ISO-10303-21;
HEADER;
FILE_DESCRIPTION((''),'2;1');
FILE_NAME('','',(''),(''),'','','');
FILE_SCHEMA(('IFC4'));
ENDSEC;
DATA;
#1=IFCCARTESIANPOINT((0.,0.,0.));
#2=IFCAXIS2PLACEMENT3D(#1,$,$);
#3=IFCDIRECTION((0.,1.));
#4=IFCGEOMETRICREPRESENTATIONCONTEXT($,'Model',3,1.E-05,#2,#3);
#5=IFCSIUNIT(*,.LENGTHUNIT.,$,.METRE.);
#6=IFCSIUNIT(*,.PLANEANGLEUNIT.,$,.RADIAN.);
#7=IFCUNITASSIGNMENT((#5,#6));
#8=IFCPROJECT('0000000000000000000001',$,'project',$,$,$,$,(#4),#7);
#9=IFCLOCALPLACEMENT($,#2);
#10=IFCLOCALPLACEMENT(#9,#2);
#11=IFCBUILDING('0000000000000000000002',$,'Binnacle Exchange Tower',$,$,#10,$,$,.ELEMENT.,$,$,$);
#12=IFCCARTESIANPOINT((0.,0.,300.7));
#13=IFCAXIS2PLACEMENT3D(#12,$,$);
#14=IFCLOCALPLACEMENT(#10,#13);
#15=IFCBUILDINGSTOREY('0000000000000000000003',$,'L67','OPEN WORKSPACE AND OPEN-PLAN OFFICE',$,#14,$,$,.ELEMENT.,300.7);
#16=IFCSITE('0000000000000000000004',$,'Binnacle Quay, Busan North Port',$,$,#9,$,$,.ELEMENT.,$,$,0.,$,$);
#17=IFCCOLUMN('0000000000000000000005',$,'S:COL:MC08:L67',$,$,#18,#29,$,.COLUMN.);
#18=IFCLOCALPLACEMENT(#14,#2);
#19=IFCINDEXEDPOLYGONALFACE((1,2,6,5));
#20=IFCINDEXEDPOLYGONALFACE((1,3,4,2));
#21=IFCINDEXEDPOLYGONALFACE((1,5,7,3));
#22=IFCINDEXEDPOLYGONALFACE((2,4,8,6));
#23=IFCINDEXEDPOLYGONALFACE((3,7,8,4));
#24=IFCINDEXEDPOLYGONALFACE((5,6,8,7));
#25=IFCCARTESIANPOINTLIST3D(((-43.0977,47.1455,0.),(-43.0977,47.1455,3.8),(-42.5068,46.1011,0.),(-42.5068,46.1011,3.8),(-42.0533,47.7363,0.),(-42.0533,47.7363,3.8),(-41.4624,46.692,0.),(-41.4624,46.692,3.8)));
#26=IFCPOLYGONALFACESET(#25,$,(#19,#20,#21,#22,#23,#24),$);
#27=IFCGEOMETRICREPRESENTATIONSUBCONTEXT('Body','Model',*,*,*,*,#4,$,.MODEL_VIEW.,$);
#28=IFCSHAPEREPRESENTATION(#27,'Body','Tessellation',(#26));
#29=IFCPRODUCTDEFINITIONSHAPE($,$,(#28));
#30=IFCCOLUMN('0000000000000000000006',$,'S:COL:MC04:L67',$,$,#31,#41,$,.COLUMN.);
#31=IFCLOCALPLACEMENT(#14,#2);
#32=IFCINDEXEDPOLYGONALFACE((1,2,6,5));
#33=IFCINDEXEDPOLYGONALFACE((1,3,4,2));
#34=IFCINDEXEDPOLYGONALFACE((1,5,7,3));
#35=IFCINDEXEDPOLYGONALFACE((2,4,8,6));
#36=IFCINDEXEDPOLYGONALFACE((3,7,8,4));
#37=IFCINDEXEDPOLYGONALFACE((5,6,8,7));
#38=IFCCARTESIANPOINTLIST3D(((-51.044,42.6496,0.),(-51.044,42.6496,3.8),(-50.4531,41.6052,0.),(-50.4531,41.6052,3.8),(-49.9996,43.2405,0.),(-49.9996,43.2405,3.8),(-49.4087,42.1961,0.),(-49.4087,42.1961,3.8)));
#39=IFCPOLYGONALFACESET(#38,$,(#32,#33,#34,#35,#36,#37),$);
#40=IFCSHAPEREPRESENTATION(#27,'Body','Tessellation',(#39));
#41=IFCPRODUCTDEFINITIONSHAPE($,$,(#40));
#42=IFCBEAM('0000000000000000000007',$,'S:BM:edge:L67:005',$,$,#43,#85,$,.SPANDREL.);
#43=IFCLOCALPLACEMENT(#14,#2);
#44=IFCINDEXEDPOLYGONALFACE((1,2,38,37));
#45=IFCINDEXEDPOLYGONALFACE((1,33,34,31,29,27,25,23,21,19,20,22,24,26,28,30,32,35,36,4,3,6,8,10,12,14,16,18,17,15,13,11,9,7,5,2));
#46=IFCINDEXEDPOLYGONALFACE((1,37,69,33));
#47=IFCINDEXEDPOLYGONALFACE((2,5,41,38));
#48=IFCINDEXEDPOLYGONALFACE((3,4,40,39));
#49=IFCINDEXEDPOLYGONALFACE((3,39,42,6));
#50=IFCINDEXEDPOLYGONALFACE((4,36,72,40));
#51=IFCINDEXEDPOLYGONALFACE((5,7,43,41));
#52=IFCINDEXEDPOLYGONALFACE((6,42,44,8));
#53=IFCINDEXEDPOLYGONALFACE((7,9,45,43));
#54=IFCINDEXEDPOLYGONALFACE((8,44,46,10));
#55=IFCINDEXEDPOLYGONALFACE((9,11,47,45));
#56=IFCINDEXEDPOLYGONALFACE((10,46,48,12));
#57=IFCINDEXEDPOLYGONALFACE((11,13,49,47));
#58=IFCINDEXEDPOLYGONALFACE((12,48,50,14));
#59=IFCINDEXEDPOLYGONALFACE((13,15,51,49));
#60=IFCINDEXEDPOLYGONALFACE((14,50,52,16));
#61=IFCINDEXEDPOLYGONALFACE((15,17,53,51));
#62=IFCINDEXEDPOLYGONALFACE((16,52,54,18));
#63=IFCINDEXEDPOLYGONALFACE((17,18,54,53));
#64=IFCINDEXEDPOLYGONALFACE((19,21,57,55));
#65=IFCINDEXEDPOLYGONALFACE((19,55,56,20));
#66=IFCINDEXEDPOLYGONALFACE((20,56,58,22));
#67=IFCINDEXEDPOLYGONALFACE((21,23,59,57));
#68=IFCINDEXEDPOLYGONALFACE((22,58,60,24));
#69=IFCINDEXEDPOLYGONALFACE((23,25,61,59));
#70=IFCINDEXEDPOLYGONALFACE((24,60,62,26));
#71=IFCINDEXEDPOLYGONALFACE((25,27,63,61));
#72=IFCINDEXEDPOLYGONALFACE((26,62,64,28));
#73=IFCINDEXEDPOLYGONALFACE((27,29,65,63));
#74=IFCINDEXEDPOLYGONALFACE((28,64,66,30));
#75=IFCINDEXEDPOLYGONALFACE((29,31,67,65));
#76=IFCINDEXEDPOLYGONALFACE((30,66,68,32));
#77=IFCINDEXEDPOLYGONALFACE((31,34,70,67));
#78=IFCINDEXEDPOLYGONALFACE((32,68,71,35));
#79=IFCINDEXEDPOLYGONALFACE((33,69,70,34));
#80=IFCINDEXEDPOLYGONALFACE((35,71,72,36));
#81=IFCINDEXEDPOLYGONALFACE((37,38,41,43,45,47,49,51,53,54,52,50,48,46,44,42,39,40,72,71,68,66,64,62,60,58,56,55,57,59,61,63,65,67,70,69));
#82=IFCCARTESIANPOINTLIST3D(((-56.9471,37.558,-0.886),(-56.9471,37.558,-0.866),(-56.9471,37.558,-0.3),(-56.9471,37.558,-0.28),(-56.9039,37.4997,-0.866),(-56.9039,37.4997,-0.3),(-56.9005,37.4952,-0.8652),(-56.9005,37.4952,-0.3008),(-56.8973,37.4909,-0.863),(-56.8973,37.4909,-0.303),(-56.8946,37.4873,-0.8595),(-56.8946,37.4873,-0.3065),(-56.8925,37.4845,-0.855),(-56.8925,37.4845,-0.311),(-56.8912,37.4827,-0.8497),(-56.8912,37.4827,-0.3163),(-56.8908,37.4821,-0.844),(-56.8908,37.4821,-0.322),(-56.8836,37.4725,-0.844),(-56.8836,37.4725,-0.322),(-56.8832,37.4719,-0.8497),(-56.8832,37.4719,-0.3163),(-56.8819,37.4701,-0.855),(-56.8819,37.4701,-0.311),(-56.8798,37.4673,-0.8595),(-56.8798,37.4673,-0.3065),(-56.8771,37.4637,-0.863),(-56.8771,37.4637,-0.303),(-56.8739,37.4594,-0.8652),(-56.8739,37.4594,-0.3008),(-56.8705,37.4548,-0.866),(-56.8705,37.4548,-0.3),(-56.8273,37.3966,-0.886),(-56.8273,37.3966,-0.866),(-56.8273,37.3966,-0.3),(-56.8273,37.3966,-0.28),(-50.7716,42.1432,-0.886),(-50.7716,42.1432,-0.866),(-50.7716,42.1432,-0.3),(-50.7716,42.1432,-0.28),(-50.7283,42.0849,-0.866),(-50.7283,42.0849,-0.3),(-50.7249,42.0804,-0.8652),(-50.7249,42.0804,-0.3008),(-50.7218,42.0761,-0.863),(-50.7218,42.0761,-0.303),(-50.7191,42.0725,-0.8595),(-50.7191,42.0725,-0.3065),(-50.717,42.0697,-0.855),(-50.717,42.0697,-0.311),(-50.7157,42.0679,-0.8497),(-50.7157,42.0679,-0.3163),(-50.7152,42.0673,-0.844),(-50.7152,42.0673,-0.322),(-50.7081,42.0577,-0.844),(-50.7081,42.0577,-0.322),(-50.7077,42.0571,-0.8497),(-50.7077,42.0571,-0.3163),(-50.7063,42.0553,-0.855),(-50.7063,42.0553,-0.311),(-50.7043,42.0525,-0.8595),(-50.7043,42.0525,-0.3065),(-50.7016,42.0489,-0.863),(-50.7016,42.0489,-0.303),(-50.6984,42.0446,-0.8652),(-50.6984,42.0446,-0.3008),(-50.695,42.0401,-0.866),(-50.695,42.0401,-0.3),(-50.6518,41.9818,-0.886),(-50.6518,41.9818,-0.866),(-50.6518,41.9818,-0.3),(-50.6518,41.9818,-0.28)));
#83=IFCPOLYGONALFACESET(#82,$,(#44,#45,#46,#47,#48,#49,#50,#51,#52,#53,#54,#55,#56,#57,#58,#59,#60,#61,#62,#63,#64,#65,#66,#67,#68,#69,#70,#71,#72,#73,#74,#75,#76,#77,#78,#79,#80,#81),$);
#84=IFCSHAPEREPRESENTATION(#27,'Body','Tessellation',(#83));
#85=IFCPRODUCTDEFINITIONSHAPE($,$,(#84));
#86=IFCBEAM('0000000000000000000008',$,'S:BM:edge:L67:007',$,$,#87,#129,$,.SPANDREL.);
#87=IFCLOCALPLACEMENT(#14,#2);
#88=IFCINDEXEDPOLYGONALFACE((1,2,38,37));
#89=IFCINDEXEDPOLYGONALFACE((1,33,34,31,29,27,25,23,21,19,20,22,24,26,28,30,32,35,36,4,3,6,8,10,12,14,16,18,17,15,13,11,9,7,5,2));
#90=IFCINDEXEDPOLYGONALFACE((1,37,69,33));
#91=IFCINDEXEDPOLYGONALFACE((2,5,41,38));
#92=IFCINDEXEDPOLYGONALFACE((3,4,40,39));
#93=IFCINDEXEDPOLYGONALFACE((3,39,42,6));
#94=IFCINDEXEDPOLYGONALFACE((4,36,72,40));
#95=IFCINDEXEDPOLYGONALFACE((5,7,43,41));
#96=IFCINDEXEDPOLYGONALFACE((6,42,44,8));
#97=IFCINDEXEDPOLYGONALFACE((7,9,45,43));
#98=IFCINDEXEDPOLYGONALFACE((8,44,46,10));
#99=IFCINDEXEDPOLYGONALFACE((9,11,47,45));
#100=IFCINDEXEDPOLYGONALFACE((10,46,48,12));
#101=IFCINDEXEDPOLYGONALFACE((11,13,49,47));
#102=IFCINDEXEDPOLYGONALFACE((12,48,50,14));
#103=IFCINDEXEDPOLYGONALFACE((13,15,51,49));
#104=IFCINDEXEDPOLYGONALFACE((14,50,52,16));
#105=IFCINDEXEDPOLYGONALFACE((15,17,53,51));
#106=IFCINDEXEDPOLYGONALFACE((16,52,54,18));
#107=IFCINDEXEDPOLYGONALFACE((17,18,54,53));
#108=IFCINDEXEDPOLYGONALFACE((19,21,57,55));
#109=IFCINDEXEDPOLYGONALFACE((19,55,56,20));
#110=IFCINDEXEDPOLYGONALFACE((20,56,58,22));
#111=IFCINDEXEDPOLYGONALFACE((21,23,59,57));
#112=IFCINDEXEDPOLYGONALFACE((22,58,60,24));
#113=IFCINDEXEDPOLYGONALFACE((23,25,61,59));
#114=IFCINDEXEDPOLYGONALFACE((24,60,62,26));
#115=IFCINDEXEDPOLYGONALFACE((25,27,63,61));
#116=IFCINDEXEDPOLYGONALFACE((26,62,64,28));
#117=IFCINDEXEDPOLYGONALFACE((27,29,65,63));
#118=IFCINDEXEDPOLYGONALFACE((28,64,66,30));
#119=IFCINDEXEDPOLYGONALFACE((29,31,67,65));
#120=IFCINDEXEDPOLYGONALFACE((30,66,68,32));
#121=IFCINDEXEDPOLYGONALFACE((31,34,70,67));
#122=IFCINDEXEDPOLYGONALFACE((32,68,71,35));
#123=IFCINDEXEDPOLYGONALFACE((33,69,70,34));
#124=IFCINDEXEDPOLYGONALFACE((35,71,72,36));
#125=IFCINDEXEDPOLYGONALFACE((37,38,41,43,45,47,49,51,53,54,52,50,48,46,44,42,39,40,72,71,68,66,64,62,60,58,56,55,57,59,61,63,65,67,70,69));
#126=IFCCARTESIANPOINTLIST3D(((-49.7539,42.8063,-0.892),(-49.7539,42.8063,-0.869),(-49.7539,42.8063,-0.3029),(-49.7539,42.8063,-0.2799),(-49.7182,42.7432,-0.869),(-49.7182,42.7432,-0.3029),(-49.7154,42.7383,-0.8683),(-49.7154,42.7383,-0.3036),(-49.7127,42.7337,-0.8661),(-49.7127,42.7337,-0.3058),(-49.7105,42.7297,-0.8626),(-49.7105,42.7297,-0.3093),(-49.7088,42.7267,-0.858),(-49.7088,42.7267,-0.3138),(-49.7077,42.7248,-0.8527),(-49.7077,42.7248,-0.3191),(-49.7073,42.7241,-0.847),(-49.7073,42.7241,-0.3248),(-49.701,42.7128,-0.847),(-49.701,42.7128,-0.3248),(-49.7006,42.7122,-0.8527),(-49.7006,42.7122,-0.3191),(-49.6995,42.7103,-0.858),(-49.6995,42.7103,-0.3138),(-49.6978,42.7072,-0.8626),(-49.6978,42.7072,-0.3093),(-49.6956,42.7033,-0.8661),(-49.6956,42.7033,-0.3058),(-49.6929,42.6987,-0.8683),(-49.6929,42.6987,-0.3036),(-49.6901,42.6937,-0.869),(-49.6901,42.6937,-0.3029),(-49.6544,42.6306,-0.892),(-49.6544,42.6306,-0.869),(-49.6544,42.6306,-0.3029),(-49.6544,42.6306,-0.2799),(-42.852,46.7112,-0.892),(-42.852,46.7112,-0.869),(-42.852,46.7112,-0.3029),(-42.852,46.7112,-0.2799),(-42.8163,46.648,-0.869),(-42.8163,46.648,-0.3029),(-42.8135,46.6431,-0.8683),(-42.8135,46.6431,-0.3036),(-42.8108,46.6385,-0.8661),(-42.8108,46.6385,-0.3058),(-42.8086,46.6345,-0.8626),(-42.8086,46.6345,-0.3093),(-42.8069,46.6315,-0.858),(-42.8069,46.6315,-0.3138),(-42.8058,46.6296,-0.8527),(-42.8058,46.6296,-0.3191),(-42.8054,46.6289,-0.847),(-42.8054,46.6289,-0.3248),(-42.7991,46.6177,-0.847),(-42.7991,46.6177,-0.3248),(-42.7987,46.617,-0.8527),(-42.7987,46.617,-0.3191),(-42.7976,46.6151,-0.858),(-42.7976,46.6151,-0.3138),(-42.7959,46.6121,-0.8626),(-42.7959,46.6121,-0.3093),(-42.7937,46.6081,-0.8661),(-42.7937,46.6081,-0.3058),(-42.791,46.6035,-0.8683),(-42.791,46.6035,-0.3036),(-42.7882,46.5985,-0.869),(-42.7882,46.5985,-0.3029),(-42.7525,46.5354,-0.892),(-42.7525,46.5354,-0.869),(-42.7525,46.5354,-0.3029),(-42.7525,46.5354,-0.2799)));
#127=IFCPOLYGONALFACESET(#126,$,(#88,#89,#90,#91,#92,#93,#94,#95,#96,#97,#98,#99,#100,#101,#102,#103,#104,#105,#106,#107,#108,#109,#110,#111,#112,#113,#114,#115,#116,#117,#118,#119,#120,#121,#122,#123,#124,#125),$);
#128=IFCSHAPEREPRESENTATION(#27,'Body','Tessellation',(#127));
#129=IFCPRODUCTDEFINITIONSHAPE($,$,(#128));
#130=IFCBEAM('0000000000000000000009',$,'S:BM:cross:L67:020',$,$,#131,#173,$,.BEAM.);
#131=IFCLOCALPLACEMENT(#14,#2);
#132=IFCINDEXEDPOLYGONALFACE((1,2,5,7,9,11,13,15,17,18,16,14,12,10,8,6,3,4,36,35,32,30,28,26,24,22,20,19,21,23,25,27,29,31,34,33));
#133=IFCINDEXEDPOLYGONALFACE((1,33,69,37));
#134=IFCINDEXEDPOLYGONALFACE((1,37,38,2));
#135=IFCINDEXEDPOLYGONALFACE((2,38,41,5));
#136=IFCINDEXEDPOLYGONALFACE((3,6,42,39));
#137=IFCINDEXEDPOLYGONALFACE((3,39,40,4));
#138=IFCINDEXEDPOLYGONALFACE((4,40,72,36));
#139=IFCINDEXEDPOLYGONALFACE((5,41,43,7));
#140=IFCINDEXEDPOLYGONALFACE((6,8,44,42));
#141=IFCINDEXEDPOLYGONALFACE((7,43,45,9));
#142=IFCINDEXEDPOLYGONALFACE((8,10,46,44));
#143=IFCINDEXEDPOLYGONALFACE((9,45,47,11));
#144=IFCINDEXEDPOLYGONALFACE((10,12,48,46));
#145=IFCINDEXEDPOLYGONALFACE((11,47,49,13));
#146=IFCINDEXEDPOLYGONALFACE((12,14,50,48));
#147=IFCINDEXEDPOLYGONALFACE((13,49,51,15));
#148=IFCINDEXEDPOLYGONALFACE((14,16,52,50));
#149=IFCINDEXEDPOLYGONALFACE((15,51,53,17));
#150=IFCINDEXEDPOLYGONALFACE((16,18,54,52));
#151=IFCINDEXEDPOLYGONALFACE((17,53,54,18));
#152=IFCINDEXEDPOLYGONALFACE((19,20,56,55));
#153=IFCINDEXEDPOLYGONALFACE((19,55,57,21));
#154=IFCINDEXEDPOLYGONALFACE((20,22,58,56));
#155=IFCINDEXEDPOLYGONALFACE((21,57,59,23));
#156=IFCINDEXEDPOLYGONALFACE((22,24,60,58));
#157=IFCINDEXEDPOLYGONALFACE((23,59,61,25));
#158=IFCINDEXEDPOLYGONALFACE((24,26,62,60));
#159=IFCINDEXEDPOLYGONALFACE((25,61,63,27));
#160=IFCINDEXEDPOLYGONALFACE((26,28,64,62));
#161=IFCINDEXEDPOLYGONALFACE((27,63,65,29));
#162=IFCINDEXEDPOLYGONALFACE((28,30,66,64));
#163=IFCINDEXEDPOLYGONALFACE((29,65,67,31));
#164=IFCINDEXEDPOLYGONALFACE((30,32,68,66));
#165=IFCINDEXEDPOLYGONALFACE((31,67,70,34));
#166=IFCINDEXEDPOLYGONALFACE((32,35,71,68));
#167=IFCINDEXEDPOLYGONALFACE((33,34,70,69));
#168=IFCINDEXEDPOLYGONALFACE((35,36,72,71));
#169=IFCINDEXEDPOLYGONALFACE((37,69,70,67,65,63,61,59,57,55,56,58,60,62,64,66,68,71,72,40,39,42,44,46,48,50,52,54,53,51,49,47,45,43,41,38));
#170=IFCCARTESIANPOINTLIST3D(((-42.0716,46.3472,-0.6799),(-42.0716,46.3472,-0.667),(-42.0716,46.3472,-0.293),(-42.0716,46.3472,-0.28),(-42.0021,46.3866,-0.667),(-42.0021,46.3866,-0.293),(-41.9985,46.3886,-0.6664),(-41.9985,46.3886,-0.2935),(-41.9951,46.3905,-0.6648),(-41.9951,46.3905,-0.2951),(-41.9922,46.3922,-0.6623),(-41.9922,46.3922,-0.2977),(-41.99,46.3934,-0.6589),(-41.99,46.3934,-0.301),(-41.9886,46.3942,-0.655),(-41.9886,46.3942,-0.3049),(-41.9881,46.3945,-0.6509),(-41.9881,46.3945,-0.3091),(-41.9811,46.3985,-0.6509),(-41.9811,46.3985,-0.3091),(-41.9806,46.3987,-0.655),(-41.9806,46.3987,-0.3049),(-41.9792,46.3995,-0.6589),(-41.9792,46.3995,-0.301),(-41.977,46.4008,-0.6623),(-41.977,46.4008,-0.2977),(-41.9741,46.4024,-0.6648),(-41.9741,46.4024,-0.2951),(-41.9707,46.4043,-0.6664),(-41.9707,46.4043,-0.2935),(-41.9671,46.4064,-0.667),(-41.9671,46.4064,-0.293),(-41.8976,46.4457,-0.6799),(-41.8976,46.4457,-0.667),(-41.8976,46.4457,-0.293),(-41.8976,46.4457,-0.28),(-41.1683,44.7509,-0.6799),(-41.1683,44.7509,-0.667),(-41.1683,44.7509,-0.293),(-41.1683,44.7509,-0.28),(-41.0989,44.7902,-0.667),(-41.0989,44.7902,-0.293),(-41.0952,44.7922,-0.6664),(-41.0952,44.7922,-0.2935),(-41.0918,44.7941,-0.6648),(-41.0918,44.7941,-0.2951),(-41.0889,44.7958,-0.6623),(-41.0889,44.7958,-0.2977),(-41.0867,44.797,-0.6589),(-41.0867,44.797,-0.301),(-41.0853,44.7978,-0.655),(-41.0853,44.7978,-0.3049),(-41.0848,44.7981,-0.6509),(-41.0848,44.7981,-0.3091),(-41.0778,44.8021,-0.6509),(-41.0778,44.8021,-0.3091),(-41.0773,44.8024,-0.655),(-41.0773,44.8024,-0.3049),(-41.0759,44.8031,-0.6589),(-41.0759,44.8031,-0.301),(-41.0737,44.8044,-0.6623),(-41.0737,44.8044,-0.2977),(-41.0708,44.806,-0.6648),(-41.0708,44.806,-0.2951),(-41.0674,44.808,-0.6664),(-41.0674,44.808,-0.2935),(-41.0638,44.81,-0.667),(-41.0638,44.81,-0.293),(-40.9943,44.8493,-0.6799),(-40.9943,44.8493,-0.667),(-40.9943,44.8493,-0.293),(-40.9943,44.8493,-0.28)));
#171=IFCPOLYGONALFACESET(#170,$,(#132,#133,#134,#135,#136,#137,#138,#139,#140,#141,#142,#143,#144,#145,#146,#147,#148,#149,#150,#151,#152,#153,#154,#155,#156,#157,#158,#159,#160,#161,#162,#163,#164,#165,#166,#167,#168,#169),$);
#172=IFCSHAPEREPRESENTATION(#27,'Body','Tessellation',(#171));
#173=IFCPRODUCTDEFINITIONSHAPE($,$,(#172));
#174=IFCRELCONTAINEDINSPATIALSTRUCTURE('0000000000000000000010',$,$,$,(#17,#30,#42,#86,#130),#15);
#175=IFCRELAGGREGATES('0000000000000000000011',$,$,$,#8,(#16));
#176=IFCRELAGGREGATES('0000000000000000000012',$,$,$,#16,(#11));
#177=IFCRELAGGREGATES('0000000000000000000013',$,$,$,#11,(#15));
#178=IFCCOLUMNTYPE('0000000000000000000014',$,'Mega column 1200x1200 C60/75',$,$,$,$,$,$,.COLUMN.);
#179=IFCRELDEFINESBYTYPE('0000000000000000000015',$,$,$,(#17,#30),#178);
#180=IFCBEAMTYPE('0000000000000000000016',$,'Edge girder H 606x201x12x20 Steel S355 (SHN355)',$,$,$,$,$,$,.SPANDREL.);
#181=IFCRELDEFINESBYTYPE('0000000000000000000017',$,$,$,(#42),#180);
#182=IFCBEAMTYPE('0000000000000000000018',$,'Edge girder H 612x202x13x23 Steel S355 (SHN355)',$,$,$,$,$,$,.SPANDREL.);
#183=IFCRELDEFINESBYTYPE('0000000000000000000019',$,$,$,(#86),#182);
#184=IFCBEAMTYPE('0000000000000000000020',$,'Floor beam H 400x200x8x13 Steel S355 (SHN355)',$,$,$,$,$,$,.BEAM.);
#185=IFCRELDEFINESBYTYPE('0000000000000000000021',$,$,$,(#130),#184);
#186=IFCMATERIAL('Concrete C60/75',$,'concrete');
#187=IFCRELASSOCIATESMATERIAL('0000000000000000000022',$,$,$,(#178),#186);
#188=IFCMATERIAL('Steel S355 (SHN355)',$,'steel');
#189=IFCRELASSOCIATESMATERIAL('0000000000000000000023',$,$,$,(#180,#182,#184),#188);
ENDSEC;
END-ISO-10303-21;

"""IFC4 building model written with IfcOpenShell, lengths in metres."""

from ifc_helpers import new_model, si_unit, direction, frame, origin, origin_2d, place, context, subcontext, project, spatial, rectangle, i_section, extrude, material, material_profile, profile_set, type_object, element, save


model = new_model("IFC4")

# Units and contexts
model_context = context("Model", 3, precision=1e-05, world=origin(), true_north=direction((0.0, 1.0)))
body_context = subcontext(model_context, "Body", "Model", "MODEL_VIEW")
ifc_project = project(units=[si_unit("LENGTHUNIT", "METRE"), si_unit("PLANEANGLEUNIT", "RADIAN")], contexts=[model_context])

# Site, building, storey
site_placement = place(None, origin())
site = spatial("IfcSite", under=ifc_project, at=site_placement, Name="Binnacle Quay, Busan North Port", CompositionType="ELEMENT", RefElevation=0.0)
building_placement = place(site_placement, origin())
building = spatial("IfcBuilding", under=site, at=building_placement, Name="Binnacle Exchange Tower", CompositionType="ELEMENT")
storey_placement = place(building_placement, frame((0.0, 0.0, 300.7)))
storey = spatial("IfcBuildingStorey", under=building, at=storey_placement, Name="L67", Description="OPEN WORKSPACE AND OPEN-PLAN OFFICE", CompositionType="ELEMENT", Elevation=300.7)

# Columns
ifc_material_1 = material(Name="Concrete C60/75", Category="concrete")
ifc_material_profile_1 = material_profile(ifc_material_1, rectangle(XDim=1.2, YDim=1.2, at=origin_2d()), Name="Mega column 1200x1200 C60/75")
ifc_profile_set_1 = profile_set([ifc_material_profile_1], Name="Concrete C60/75")
column_type = type_object("IfcColumnType", Name="Mega column 1200x1200 C60/75", PredefinedType="COLUMN", material=ifc_profile_set_1)
for number, where, z_axis, x_axis, name in (
    (1, (-42.28, 46.9187, 0.0), (0.0, 0.0, 1.0), (-0.870356, -0.492424, 0.0), "S:COL:MC08:L67"),
    (2, (-50.2263, 42.4229, 0.0), (0.0, 0.0, 1.0), (-0.870356, -0.492424, 0.0), "S:COL:MC04:L67"),
):
    element("IfcColumn", number, at=place(storey_placement, frame(where, z_axis=z_axis, x_axis=x_axis)), inside=storey, type_object=column_type, Name=name, PredefinedType="COLUMN", context=body_context, shape_type="SweptSolid", body=[
        extrude(rectangle(XDim=1.2, YDim=1.2, at=origin_2d()), origin(), (0.0, 0.0, 1.0), 3.8),
    ])

# Beams
ifc_material_2 = material(Name="Steel S355 (SHN355)", Category="steel")
ifc_material_profile_2 = material_profile(ifc_material_2, i_section(OverallWidth=0.2009, OverallDepth=0.606, WebThickness=0.012, FlangeThickness=0.02, FilletRadius=0.022, at=origin_2d()), Name="H 606x201x12x20")
ifc_profile_set_2 = profile_set([ifc_material_profile_2], Name="Steel S355 (SHN355)")
beam_type_1 = type_object("IfcBeamType", Name="Edge girder H 606x201x12x20 Steel S355 (SHN355)", PredefinedType="SPANDREL", material=ifc_profile_set_2)
beam_1_placement = place(storey_placement, frame((-50.7117, 42.0625, -0.583), z_axis=(-0.802889, -0.596128, 0.0), x_axis=(0.596128, -0.802889, 0.0)))
element("IfcBeam", 3, at=beam_1_placement, inside=storey, type_object=beam_type_1, Name="S:BM:edge:L67:005", PredefinedType="SPANDREL", context=body_context, shape_type="SweptSolid", body=[
    extrude(i_section(OverallWidth=0.2009, OverallDepth=0.606, WebThickness=0.012, FlangeThickness=0.02, FilletRadius=0.022, at=origin_2d()), origin(), (0.0, 0.0, 1.0), 7.6917),
])
ifc_material_profile_3 = material_profile(ifc_material_2, i_section(OverallWidth=0.2019, OverallDepth=0.6121, WebThickness=0.0129, FlangeThickness=0.0229, FilletRadius=0.022, at=origin_2d()), Name="H 612x202x13x23")
ifc_profile_set_3 = profile_set([ifc_material_profile_3], Name="Steel S355 (SHN355)")
beam_type_2 = type_object("IfcBeamType", Name="Edge girder H 612x202x13x23 Steel S355 (SHN355)", PredefinedType="SPANDREL", material=ifc_profile_set_3)
beam_2_placement = place(storey_placement, frame((-42.8022, 46.6233, -0.5859), z_axis=(-0.870361, -0.492414, 0.0), x_axis=(0.492414, -0.870361, 0.0)))
element("IfcBeam", 4, at=beam_2_placement, inside=storey, type_object=beam_type_2, Name="S:BM:edge:L67:007", PredefinedType="SPANDREL", context=body_context, shape_type="SweptSolid", body=[
    extrude(i_section(OverallWidth=0.2019, OverallDepth=0.6121, WebThickness=0.0129, FlangeThickness=0.0229, FilletRadius=0.022, at=origin_2d()), origin(), (0.0, 0.0, 1.0), 7.9299),
])
ifc_material_profile_4 = material_profile(ifc_material_2, i_section(OverallWidth=0.2, OverallDepth=0.3999, WebThickness=0.0081, FlangeThickness=0.0129, FilletRadius=0.0161, at=origin_2d()), Name="H 400x200x8x13")
ifc_profile_set_4 = profile_set([ifc_material_profile_4], Name="Steel S355 (SHN355)")
beam_type_3 = type_object("IfcBeamType", Name="Floor beam H 400x200x8x13 Steel S355 (SHN355)", PredefinedType="BEAM", material=ifc_profile_set_4)
beam_3_placement = place(storey_placement, frame((-41.9846, 46.3965, -0.48), z_axis=(0.492465, -0.870332, 0.0), x_axis=(0.870332, 0.492465, 0.0)))
element("IfcBeam", 5, at=beam_3_placement, inside=storey, type_object=beam_type_3, Name="S:BM:cross:L67:020", PredefinedType="BEAM", context=body_context, shape_type="SweptSolid", body=[
    extrude(i_section(OverallWidth=0.2, OverallDepth=0.3999, WebThickness=0.0081, FlangeThickness=0.0129, FilletRadius=0.0161, at=origin_2d()), origin(), (0.0, 0.0, 1.0), 1.8342),
])

save(model, "model.ifc")
